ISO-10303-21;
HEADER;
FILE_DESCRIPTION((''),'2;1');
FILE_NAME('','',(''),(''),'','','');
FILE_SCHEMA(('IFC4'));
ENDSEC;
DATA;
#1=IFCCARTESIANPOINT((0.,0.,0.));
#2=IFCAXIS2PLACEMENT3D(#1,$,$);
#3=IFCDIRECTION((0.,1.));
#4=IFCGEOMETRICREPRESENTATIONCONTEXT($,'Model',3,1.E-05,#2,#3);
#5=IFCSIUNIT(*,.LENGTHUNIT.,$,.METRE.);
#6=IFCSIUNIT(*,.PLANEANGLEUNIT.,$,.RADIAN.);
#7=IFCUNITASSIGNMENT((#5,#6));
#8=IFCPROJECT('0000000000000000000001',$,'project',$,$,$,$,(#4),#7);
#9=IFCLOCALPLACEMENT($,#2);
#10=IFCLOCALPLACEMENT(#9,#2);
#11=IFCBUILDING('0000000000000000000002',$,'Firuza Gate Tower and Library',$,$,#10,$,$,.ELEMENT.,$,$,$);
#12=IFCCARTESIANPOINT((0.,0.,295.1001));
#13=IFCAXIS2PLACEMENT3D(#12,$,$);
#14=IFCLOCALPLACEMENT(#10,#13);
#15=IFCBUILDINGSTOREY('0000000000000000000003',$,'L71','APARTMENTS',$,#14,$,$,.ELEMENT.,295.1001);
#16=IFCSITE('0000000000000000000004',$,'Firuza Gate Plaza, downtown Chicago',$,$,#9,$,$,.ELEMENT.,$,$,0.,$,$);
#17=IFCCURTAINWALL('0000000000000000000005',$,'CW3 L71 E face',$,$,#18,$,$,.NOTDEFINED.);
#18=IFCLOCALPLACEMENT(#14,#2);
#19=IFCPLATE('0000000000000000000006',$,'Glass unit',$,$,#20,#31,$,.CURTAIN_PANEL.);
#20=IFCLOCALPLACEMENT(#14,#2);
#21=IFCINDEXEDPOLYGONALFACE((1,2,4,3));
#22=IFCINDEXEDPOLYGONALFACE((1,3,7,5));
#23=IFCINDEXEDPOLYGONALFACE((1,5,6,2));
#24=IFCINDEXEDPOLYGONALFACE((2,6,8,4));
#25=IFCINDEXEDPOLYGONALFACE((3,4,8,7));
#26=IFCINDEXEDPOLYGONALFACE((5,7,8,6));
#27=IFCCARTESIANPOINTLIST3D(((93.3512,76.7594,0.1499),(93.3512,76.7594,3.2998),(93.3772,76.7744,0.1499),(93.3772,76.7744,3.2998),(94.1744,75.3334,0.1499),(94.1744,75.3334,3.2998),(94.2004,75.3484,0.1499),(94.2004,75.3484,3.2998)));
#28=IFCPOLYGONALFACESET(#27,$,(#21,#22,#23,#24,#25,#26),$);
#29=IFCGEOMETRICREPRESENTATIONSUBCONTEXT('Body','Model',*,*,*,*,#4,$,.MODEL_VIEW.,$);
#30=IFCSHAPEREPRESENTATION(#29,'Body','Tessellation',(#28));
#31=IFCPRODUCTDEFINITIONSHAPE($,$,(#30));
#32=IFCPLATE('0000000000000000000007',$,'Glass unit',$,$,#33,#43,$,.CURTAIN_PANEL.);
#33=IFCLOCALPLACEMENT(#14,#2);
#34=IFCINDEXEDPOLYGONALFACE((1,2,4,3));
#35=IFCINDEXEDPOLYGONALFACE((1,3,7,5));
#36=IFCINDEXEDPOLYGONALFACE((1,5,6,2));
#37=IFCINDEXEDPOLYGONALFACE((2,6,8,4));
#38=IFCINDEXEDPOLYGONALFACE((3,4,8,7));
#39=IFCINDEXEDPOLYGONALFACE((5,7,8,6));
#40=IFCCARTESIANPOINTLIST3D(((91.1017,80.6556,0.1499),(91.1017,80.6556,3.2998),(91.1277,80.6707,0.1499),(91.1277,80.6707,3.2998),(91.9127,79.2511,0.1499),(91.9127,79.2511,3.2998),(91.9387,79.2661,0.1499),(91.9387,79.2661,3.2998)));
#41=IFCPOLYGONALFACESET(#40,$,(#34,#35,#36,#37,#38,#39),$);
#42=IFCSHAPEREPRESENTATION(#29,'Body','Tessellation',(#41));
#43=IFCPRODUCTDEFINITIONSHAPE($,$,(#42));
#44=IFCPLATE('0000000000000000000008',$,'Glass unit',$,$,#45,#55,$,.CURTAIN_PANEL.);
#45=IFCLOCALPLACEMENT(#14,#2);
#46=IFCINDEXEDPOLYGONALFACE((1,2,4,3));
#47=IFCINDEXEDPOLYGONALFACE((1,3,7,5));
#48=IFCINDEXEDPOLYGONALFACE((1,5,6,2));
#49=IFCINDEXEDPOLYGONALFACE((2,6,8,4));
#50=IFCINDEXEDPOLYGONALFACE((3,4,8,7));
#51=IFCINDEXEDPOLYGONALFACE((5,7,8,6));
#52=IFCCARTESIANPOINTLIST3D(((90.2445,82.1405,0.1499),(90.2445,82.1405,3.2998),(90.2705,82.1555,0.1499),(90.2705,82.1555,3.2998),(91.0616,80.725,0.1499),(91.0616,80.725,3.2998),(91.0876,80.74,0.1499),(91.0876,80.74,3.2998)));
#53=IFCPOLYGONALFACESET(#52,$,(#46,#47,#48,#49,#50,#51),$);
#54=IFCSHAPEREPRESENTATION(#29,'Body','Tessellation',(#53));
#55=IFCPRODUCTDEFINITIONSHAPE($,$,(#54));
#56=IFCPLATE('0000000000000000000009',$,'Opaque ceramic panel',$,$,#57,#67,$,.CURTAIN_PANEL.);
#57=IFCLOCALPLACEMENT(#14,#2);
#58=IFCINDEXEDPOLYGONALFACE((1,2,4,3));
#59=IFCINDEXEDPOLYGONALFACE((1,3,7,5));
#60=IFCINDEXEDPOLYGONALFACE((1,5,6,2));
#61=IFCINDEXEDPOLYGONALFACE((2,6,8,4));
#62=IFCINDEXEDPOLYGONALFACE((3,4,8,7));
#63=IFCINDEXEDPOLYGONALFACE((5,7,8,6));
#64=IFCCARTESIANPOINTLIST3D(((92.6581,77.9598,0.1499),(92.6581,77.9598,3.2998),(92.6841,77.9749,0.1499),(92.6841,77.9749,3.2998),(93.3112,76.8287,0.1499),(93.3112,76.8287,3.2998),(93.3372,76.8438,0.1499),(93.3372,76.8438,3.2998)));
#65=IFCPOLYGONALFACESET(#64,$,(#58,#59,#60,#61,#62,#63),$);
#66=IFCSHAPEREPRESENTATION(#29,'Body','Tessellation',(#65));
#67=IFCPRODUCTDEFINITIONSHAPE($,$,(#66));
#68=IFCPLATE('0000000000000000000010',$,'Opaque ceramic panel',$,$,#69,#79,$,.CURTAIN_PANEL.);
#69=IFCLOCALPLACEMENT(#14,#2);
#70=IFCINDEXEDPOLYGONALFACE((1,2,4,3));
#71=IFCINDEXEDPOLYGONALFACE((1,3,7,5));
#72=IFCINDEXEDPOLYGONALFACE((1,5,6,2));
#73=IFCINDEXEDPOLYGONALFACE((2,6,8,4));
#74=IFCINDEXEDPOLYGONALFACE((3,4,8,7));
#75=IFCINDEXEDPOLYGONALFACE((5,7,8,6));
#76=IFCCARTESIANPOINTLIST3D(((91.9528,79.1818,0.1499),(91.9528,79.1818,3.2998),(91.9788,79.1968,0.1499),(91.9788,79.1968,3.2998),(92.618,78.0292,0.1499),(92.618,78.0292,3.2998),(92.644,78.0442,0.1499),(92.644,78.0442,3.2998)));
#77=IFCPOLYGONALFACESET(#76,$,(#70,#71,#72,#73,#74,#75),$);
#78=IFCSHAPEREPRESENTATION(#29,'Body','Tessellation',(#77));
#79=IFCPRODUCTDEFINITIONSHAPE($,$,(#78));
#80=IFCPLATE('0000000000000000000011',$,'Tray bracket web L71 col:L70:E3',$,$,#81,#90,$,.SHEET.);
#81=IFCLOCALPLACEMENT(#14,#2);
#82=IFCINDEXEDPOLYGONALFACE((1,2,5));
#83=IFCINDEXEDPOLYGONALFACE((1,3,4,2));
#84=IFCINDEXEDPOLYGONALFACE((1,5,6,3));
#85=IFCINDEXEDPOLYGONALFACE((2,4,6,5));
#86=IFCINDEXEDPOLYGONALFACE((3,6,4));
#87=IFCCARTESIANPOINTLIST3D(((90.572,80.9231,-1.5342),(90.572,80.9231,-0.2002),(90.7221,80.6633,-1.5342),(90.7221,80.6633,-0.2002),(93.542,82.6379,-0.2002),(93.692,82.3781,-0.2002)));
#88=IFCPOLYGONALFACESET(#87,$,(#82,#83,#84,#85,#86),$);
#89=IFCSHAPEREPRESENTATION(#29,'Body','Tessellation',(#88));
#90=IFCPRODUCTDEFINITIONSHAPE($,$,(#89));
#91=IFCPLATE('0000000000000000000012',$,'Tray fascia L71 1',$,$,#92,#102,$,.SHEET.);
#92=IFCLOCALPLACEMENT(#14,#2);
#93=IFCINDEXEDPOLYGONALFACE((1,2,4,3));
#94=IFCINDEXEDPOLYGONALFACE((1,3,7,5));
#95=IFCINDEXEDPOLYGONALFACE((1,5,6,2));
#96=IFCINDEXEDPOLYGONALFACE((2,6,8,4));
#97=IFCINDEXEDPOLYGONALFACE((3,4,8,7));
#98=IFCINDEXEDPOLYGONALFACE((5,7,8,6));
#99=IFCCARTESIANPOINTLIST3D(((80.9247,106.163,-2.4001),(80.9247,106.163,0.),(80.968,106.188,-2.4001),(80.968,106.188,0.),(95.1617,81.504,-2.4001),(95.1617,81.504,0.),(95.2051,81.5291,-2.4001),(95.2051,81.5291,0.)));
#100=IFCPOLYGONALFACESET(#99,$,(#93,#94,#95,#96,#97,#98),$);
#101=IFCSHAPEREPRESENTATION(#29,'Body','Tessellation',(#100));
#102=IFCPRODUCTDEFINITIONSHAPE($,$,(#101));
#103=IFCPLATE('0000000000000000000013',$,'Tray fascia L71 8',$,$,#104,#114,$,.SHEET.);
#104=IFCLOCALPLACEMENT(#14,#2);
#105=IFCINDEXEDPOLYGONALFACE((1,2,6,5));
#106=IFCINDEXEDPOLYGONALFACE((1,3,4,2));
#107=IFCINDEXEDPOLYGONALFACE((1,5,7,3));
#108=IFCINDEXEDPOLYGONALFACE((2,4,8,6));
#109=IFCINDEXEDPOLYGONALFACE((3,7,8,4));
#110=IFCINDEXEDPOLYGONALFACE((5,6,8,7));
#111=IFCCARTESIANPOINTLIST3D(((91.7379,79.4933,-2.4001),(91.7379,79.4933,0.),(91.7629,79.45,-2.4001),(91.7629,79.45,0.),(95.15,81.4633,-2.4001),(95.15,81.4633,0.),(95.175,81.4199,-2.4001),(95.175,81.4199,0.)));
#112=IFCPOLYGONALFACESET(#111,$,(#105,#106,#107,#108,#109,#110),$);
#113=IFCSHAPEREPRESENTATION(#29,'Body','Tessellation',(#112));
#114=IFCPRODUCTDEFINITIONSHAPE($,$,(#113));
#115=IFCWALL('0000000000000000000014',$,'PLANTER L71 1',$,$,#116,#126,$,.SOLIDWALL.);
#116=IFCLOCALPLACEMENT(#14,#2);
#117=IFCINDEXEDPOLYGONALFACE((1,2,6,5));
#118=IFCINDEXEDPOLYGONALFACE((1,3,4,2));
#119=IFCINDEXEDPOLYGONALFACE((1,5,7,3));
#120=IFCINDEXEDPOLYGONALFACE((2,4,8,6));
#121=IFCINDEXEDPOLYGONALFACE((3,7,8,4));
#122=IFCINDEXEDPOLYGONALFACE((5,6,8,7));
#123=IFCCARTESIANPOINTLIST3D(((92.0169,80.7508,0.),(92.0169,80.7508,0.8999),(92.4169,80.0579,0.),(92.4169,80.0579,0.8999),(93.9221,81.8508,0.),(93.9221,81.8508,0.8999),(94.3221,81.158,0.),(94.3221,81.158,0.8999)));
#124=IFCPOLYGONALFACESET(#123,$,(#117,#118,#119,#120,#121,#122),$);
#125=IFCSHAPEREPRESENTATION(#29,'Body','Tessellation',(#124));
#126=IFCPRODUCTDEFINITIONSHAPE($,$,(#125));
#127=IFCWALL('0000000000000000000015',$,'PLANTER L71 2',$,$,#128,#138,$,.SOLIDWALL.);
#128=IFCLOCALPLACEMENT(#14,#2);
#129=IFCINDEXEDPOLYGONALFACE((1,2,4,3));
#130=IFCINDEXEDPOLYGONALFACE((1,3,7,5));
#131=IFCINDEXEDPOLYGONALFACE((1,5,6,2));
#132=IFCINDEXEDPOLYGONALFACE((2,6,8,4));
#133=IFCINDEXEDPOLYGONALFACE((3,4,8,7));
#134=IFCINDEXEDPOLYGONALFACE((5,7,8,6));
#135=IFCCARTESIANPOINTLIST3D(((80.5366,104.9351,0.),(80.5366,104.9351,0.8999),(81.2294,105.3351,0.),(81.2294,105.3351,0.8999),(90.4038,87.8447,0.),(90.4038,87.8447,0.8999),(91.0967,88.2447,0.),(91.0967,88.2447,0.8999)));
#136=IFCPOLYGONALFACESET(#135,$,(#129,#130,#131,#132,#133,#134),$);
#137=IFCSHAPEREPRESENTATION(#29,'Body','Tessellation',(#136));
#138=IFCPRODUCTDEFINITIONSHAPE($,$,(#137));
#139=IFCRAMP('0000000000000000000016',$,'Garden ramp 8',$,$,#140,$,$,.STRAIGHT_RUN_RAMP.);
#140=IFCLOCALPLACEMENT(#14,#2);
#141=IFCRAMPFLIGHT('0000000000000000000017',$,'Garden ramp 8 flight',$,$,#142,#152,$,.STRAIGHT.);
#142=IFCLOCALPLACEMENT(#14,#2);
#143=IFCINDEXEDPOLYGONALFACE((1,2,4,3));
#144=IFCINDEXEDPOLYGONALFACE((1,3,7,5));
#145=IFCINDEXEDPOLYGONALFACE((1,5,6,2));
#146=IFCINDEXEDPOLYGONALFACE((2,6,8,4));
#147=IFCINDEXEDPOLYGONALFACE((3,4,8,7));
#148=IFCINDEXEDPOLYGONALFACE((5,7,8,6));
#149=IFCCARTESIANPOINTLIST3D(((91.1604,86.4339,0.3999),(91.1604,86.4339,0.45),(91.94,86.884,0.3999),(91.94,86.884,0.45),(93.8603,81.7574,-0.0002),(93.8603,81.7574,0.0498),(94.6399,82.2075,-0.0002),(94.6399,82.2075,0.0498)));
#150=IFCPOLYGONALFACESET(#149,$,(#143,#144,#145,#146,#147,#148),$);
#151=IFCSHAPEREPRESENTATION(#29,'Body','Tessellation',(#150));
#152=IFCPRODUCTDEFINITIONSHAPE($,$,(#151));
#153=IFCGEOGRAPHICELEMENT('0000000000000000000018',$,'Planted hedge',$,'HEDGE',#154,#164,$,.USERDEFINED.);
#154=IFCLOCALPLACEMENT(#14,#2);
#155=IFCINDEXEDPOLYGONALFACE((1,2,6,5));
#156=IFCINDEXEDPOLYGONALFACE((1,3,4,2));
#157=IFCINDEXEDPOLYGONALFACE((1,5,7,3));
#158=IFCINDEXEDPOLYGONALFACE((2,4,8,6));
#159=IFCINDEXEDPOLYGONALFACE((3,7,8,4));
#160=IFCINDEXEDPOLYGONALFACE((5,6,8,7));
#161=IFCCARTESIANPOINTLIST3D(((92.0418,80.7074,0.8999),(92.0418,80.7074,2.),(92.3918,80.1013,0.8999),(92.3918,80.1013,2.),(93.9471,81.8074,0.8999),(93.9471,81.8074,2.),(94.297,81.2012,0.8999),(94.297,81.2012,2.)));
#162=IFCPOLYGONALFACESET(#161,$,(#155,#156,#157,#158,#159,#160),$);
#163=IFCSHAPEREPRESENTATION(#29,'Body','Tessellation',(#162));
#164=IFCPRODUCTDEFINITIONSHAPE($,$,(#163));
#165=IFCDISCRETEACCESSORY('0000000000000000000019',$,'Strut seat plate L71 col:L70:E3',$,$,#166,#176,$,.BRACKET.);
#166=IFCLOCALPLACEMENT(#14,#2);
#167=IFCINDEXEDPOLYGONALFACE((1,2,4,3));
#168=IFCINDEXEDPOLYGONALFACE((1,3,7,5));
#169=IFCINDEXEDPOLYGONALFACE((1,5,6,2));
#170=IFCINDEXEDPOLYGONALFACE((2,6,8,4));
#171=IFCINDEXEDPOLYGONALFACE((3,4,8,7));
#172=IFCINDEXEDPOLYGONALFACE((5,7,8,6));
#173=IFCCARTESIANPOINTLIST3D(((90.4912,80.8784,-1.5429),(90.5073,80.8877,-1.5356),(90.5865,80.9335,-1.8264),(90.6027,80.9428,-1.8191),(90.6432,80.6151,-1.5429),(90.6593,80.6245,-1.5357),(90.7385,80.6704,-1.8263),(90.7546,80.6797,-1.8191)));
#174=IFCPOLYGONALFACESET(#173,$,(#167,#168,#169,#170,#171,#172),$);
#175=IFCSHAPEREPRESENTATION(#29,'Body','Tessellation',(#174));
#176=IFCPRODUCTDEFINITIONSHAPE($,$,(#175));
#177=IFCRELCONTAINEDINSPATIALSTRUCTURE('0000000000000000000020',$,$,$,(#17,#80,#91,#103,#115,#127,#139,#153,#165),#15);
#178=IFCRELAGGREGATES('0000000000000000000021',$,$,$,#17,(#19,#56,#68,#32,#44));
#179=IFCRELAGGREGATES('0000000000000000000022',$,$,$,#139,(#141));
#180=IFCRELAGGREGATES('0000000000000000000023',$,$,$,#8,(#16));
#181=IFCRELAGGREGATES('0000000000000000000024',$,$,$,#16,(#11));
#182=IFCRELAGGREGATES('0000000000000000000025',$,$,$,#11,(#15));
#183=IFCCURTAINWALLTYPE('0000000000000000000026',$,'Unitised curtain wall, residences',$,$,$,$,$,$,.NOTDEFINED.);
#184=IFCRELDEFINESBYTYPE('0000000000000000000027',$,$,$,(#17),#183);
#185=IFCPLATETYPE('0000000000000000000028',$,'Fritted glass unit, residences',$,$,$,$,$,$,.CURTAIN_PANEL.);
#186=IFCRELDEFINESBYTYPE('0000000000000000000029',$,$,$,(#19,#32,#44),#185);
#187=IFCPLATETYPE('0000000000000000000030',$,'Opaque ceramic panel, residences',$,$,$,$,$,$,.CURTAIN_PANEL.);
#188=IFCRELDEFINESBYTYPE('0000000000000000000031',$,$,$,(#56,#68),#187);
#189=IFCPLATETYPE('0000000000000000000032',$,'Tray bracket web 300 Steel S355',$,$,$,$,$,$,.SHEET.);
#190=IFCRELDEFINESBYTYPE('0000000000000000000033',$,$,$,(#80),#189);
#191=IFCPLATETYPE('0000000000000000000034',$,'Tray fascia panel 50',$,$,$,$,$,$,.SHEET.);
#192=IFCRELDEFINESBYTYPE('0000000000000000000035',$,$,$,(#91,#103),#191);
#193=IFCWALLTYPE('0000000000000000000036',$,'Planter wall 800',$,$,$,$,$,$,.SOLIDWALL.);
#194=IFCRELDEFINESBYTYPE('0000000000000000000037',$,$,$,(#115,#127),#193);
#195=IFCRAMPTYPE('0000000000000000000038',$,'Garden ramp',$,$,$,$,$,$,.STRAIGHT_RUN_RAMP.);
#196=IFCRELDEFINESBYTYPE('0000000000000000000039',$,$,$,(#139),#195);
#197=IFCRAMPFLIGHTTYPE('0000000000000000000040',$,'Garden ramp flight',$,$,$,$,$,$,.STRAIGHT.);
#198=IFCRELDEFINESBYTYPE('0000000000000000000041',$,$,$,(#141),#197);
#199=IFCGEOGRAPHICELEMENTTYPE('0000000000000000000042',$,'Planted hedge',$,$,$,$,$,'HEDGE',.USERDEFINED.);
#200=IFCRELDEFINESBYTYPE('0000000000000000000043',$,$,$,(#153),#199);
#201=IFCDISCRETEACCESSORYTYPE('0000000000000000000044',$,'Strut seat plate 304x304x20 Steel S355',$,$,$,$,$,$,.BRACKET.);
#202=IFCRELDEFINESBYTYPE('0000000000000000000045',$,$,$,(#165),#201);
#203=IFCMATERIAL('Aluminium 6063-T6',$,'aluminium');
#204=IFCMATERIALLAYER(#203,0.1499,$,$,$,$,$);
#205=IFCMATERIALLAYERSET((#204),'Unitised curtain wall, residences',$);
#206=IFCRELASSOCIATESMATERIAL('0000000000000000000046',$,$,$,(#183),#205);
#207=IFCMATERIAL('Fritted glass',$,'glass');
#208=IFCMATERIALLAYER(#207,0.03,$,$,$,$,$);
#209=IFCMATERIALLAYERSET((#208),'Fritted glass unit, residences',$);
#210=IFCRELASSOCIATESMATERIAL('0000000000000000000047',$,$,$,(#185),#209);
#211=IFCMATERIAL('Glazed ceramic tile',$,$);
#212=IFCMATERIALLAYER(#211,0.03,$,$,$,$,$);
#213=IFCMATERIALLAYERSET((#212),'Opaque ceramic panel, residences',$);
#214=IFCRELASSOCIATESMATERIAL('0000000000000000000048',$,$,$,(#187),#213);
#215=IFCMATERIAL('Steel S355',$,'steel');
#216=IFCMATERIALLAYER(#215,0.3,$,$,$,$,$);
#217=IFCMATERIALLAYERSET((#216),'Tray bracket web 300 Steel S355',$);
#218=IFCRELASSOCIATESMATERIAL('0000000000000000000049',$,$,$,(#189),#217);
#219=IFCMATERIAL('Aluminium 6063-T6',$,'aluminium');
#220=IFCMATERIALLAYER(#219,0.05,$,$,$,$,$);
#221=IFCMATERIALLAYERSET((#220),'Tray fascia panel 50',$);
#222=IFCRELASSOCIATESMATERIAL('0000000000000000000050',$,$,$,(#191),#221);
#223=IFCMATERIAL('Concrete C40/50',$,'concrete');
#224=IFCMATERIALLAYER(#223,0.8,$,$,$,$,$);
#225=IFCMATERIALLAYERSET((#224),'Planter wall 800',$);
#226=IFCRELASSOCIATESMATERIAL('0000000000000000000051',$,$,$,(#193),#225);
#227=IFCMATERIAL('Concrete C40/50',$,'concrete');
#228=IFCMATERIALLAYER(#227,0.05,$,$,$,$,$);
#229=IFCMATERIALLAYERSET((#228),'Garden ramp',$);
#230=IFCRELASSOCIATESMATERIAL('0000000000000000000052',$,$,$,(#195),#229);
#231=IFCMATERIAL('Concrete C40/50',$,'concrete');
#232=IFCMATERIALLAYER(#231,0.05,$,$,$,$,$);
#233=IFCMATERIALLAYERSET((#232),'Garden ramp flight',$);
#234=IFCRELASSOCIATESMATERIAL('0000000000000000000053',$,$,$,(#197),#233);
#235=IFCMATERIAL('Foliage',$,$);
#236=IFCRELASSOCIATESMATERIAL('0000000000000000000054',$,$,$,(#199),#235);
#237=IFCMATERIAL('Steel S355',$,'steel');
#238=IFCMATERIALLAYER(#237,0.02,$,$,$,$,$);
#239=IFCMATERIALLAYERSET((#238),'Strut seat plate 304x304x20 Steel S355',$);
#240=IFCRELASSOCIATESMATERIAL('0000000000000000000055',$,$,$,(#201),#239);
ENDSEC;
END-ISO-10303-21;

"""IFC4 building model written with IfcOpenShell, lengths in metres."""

from ifc_helpers import new_model, si_unit, direction, frame, frame_2d, origin, origin_2d, place, context, subcontext, project, spatial, polyline, rectangle, outline, extrude, material, layer, layer_set, type_object, element, aggregate, save


model = new_model("IFC4")

# Units and contexts
model_context = context("Model", 3, precision=1e-05, world=origin(), true_north=direction((0.0, 1.0)))
body_context = subcontext(model_context, "Body", "Model", "MODEL_VIEW")
ifc_project = project(units=[si_unit("LENGTHUNIT", "METRE"), si_unit("PLANEANGLEUNIT", "RADIAN")], contexts=[model_context])

# Site, building, storey
site_placement = place(None, origin())
site = spatial("IfcSite", under=ifc_project, at=site_placement, Name="Firuza Gate Plaza, downtown Chicago", CompositionType="ELEMENT", RefElevation=0.0)
building_placement = place(site_placement, origin())
building = spatial("IfcBuilding", under=site, at=building_placement, Name="Firuza Gate Tower and Library", CompositionType="ELEMENT")
storey_placement = place(building_placement, frame((0.0, 0.0, 295.1001)))
storey = spatial("IfcBuildingStorey", under=building, at=storey_placement, Name="L71", Description="APARTMENTS", CompositionType="ELEMENT", Elevation=295.1001)

# Curtain wall
ifc_material_1 = material(Name="Aluminium 6063-T6", Category="aluminium")
ifc_layer_1 = layer(ifc_material_1, 0.1499)
ifc_layer_set_1 = layer_set([ifc_layer_1], Name="Unitised curtain wall, residences")
curtain_wall_type = type_object("IfcCurtainWallType", Name="Unitised curtain wall, residences", PredefinedType="NOTDEFINED", material=ifc_layer_set_1)
placement = place(storey_placement, origin())
curtain_wall = element("IfcCurtainWall", 1, at=placement, inside=storey, type_object=curtain_wall_type, Name="CW3 L71 E face", PredefinedType="NOTDEFINED")

# Plates
ifc_material_2 = material(Name="Fritted glass", Category="glass")
ifc_layer_2 = layer(ifc_material_2, 0.03)
ifc_layer_set_2 = layer_set([ifc_layer_2], Name="Fritted glass unit, residences")
plate_type_1 = type_object("IfcPlateType", Name="Fritted glass unit, residences", PredefinedType="CURTAIN_PANEL", material=ifc_layer_set_2)
plate_1_placement = place(storey_placement, frame((94.2004, 75.3484, 0.1499), z_axis=(0.866045, 0.499966, 0.0), x_axis=(-0.499966, 0.866045, 0.0)))
plate_1 = element("IfcPlate", 2, at=plate_1_placement, type_object=plate_type_1, Name="Glass unit", PredefinedType="CURTAIN_PANEL", context=body_context, shape_type="SweptSolid", body=[
    extrude(outline(polyline([(0.0, 0.0), (1.6466, 0.0), (1.6466, 3.1499), (0.0, 3.1499), (0.0, 0.0)])), origin(), (0.0, 0.0, -1.0), 0.03),
])
plate_2_placement = place(storey_placement, frame((91.9387, 79.2661, 0.1499), z_axis=(0.865993, 0.500057, 0.0), x_axis=(-0.500057, 0.865993, 0.0)))
plate_2 = element("IfcPlate", 3, at=plate_2_placement, type_object=plate_type_1, Name="Glass unit", PredefinedType="CURTAIN_PANEL", context=body_context, shape_type="SweptSolid", body=[
    extrude(outline(polyline([(0.0, 0.0), (1.6219, 0.0), (1.6219, 3.1499), (0.0, 3.1499), (0.0, 0.0)])), origin(), (0.0, 0.0, -1.0), 0.03),
])
plate_3_placement = place(storey_placement, frame((91.0876, 80.74, 0.1499), z_axis=(0.866056, 0.499947, 0.0), x_axis=(-0.499947, 0.866056, 0.0)))
plate_3 = element("IfcPlate", 4, at=plate_3_placement, type_object=plate_type_1, Name="Glass unit", PredefinedType="CURTAIN_PANEL", context=body_context, shape_type="SweptSolid", body=[
    extrude(outline(polyline([(0.0, 0.0), (1.6345, 0.0), (1.6345, 3.1499), (0.0, 3.1499), (0.0, 0.0)])), origin(), (0.0, 0.0, -1.0), 0.03),
])
ifc_material_3 = material(Name="Glazed ceramic tile")
ifc_layer_3 = layer(ifc_material_3, 0.03)
ifc_layer_set_3 = layer_set([ifc_layer_3], Name="Opaque ceramic panel, residences")
plate_type_2 = type_object("IfcPlateType", Name="Opaque ceramic panel, residences", PredefinedType="CURTAIN_PANEL", material=ifc_layer_set_3)
plate_4_placement = place(storey_placement, frame((93.3372, 76.8438, 0.1499), z_axis=(0.866014, 0.500019, 0.0), x_axis=(-0.500019, 0.866014, 0.0)))
plate_4 = element("IfcPlate", 5, at=plate_4_placement, type_object=plate_type_2, Name="Opaque ceramic panel", PredefinedType="CURTAIN_PANEL", context=body_context, shape_type="SweptSolid", body=[
    extrude(outline(polyline([(0.0, 0.0), (1.3061, 0.0), (1.3061, 3.1499), (0.0, 3.1499), (0.0, 0.0)])), origin(), (0.0, 0.0, -1.0), 0.03),
])
plate_5_placement = place(storey_placement, frame((92.644, 78.0442, 0.1499), z_axis=(0.866079, 0.499908, 0.0), x_axis=(-0.499908, 0.866079, 0.0)))
plate_5 = element("IfcPlate", 6, at=plate_5_placement, type_object=plate_type_2, Name="Opaque ceramic panel", PredefinedType="CURTAIN_PANEL", context=body_context, shape_type="SweptSolid", body=[
    extrude(outline(polyline([(0.0, 0.0), (1.3308, 0.0), (1.3308, 3.1499), (0.0, 3.1499), (0.0, 0.0)])), origin(), (0.0, 0.0, -1.0), 0.03),
])
aggregate(curtain_wall, [plate_1, plate_4, plate_5, plate_2, plate_3])

# Plates
ifc_material_4 = material(Name="Steel S355", Category="steel")
ifc_layer_4 = layer(ifc_material_4, 0.3)
ifc_layer_set_4 = layer_set([ifc_layer_4], Name="Tray bracket web 300 Steel S355")
plate_type_3 = type_object("IfcPlateType", Name="Tray bracket web 300 Steel S355", PredefinedType="SHEET", material=ifc_layer_set_4)
plate_6_placement = place(storey_placement, frame((90.572, 80.9231, -0.2002), z_axis=(-0.500029, 0.866009, 0.0), x_axis=(0.866009, 0.500029, 0.0)))
element("IfcPlate", 7, at=plate_6_placement, inside=storey, type_object=plate_type_3, Name="Tray bracket web L71 col:L70:E3", PredefinedType="SHEET", context=body_context, shape_type="SweptSolid", body=[
    extrude(outline(polyline([(0.0, 0.0), (3.4295, 0.0), (0.0, 1.334), (0.0, 0.0)])), origin(), (0.0, 0.0, -1.0), 0.3),
])
ifc_material_5 = material(Name="Aluminium 6063-T6", Category="aluminium")
ifc_layer_5 = layer(ifc_material_5, 0.05)
ifc_layer_set_5 = layer_set([ifc_layer_5], Name="Tray fascia panel 50")
plate_type_4 = type_object("IfcPlateType", Name="Tray fascia panel 50", PredefinedType="SHEET", material=ifc_layer_set_5)
plate_7_placement = place(storey_placement, frame((95.2051, 81.5291, -2.4001), z_axis=(0.866022, 0.500006, 0.0), x_axis=(-0.500006, 0.866022, 0.0)))
element("IfcPlate", 8, at=plate_7_placement, inside=storey, type_object=plate_type_4, Name="Tray fascia L71 1", PredefinedType="SHEET", context=body_context, shape_type="SweptSolid", body=[
    extrude(outline(polyline([(0.0, 0.0), (28.4738, 0.0), (28.4738, 2.4001), (0.0, 2.4001), (0.0, 0.0)])), origin(), (0.0, 0.0, -1.0), 0.05),
])
plate_8_placement = place(storey_placement, frame((91.7629, 79.45, -2.4001), z_axis=(0.499998, -0.866027, 0.0), x_axis=(0.866027, 0.499998, 0.0)))
element("IfcPlate", 9, at=plate_8_placement, inside=storey, type_object=plate_type_4, Name="Tray fascia L71 8", PredefinedType="SHEET", context=body_context, shape_type="SweptSolid", body=[
    extrude(outline(polyline([(0.0, 0.0), (3.94, 0.0), (3.94, 2.4001), (0.0, 2.4001), (0.0, 0.0)])), origin(), (0.0, 0.0, -1.0), 0.05),
])

# Walls
ifc_material_6 = material(Name="Concrete C40/50", Category="concrete")
ifc_layer_6 = layer(ifc_material_6, 0.8)
ifc_layer_set_6 = layer_set([ifc_layer_6], Name="Planter wall 800")
wall_type = type_object("IfcWallType", Name="Planter wall 800", PredefinedType="SOLIDWALL", material=ifc_layer_set_6)
wall_1_placement = place(storey_placement, frame((92.2168, 80.4043, 0.0), z_axis=(0.0, 0.0, 1.0), x_axis=(0.866008, 0.50003, 0.0)))
element("IfcWall", 10, at=wall_1_placement, inside=storey, type_object=wall_type, Name="PLANTER L71 1", PredefinedType="SOLIDWALL", context=body_context, shape_type="SweptSolid", body=[
    extrude(rectangle(XDim=2.2, YDim=0.8, at=frame_2d((1.1001, 0.0))), origin(), (0.0, 0.0, 1.0), 0.8999),
])
wall_2_placement = place(storey_placement, frame((90.7502, 88.0447, 0.0), z_axis=(0.0, 0.0, 1.0), x_axis=(-0.500003, 0.866024, 0.0)))
element("IfcWall", 11, at=wall_2_placement, inside=storey, type_object=wall_type, Name="PLANTER L71 2", PredefinedType="SOLIDWALL", context=body_context, shape_type="SweptSolid", body=[
    extrude(rectangle(XDim=19.7344, YDim=0.8, at=frame_2d((9.8672, 0.0))), origin(), (0.0, 0.0, 1.0), 0.8999),
])

# Ramp, ramp flight
ifc_material_7 = material(Name="Concrete C40/50", Category="concrete")
ifc_layer_7 = layer(ifc_material_7, 0.05)
ifc_layer_set_7 = layer_set([ifc_layer_7], Name="Garden ramp")
ramp_type = type_object("IfcRampType", Name="Garden ramp", PredefinedType="STRAIGHT_RUN_RAMP", material=ifc_layer_set_7)
ramp = element("IfcRamp", 12, at=placement, inside=storey, type_object=ramp_type, Name="Garden ramp 8", PredefinedType="STRAIGHT_RUN_RAMP")
ifc_material_8 = material(Name="Concrete C40/50", Category="concrete")
ifc_layer_8 = layer(ifc_material_8, 0.05)
ifc_layer_set_8 = layer_set([ifc_layer_8], Name="Garden ramp flight")
ramp_flight_type = type_object("IfcRampFlightType", Name="Garden ramp flight", PredefinedType="STRAIGHT", material=ifc_layer_set_8)
ramp_flight_placement = place(storey_placement, frame((94.25, 81.9824, -0.0002), z_axis=(0.0, 0.0, 1.0), x_axis=(-0.499995, 0.866028, 0.0)))
ramp_flight = element("IfcRampFlight", 13, at=ramp_flight_placement, type_object=ramp_flight_type, Name="Garden ramp 8 flight", PredefinedType="STRAIGHT", context=body_context, shape_type="SweptSolid", body=[
    extrude(outline(polyline([(0.0, 0.05), (5.3999, 0.4502), (5.3999, 0.4001), (0.0, 0.0), (0.0, 0.05)])), frame((0.0, 0.45, 0.0), z_axis=(0.0, -1.0, 0.0), x_axis=(1.0, 0.0, 0.0)), (0.0, 0.0, 1.0), 0.9001),
])
aggregate(ramp, [ramp_flight])

# Geographic element
ifc_material_9 = material(Name="Foliage")
geographic_element_type = type_object("IfcGeographicElementType", Name="Planted hedge", ElementType="HEDGE", PredefinedType="USERDEFINED", material=ifc_material_9)
geographic_element_placement = place(storey_placement, frame((93.1694, 80.9543, 0.8999), z_axis=(0.0, 0.0, 1.0), x_axis=(0.866025, 0.5, 0.0)))
element("IfcGeographicElement", 14, at=geographic_element_placement, inside=storey, type_object=geographic_element_type, Name="Planted hedge", ObjectType="HEDGE", PredefinedType="USERDEFINED", context=body_context, shape_type="SweptSolid", body=[
    extrude(rectangle(XDim=2.2, YDim=0.7, at=origin_2d()), origin(), (0.0, 0.0, 1.0), 1.1001),
])

# Discrete accessory
ifc_material_10 = material(Name="Steel S355", Category="steel")
ifc_layer_9 = layer(ifc_material_10, 0.02)
ifc_layer_set_9 = layer_set([ifc_layer_9], Name="Strut seat plate 304x304x20 Steel S355")
discrete_accessory_type = type_object("IfcDiscreteAccessoryType", Name="Strut seat plate 304x304x20 Steel S355", PredefinedType="BRACKET", material=ifc_layer_set_9)
discrete_accessory_1_placement = place(storey_placement, frame((90.5073, 80.8877, -1.5356), z_axis=(0.807176, 0.466111, 0.362225), x_axis=(0.50011, -0.865962, -0.000117)))
element("IfcDiscreteAccessory", 15, at=discrete_accessory_1_placement, inside=storey, type_object=discrete_accessory_type, Name="Strut seat plate L71 col:L70:E3", PredefinedType="BRACKET", context=body_context, shape_type="SweptSolid", body=[
    extrude(outline(polyline([(0.0, 0.0), (0.304, 0.0), (0.3038, 0.3041), (0.0, 0.3041), (0.0, 0.0)])), origin(), (0.0, 0.0, -1.0), 0.02),
])

save(model, "model.ifc")
